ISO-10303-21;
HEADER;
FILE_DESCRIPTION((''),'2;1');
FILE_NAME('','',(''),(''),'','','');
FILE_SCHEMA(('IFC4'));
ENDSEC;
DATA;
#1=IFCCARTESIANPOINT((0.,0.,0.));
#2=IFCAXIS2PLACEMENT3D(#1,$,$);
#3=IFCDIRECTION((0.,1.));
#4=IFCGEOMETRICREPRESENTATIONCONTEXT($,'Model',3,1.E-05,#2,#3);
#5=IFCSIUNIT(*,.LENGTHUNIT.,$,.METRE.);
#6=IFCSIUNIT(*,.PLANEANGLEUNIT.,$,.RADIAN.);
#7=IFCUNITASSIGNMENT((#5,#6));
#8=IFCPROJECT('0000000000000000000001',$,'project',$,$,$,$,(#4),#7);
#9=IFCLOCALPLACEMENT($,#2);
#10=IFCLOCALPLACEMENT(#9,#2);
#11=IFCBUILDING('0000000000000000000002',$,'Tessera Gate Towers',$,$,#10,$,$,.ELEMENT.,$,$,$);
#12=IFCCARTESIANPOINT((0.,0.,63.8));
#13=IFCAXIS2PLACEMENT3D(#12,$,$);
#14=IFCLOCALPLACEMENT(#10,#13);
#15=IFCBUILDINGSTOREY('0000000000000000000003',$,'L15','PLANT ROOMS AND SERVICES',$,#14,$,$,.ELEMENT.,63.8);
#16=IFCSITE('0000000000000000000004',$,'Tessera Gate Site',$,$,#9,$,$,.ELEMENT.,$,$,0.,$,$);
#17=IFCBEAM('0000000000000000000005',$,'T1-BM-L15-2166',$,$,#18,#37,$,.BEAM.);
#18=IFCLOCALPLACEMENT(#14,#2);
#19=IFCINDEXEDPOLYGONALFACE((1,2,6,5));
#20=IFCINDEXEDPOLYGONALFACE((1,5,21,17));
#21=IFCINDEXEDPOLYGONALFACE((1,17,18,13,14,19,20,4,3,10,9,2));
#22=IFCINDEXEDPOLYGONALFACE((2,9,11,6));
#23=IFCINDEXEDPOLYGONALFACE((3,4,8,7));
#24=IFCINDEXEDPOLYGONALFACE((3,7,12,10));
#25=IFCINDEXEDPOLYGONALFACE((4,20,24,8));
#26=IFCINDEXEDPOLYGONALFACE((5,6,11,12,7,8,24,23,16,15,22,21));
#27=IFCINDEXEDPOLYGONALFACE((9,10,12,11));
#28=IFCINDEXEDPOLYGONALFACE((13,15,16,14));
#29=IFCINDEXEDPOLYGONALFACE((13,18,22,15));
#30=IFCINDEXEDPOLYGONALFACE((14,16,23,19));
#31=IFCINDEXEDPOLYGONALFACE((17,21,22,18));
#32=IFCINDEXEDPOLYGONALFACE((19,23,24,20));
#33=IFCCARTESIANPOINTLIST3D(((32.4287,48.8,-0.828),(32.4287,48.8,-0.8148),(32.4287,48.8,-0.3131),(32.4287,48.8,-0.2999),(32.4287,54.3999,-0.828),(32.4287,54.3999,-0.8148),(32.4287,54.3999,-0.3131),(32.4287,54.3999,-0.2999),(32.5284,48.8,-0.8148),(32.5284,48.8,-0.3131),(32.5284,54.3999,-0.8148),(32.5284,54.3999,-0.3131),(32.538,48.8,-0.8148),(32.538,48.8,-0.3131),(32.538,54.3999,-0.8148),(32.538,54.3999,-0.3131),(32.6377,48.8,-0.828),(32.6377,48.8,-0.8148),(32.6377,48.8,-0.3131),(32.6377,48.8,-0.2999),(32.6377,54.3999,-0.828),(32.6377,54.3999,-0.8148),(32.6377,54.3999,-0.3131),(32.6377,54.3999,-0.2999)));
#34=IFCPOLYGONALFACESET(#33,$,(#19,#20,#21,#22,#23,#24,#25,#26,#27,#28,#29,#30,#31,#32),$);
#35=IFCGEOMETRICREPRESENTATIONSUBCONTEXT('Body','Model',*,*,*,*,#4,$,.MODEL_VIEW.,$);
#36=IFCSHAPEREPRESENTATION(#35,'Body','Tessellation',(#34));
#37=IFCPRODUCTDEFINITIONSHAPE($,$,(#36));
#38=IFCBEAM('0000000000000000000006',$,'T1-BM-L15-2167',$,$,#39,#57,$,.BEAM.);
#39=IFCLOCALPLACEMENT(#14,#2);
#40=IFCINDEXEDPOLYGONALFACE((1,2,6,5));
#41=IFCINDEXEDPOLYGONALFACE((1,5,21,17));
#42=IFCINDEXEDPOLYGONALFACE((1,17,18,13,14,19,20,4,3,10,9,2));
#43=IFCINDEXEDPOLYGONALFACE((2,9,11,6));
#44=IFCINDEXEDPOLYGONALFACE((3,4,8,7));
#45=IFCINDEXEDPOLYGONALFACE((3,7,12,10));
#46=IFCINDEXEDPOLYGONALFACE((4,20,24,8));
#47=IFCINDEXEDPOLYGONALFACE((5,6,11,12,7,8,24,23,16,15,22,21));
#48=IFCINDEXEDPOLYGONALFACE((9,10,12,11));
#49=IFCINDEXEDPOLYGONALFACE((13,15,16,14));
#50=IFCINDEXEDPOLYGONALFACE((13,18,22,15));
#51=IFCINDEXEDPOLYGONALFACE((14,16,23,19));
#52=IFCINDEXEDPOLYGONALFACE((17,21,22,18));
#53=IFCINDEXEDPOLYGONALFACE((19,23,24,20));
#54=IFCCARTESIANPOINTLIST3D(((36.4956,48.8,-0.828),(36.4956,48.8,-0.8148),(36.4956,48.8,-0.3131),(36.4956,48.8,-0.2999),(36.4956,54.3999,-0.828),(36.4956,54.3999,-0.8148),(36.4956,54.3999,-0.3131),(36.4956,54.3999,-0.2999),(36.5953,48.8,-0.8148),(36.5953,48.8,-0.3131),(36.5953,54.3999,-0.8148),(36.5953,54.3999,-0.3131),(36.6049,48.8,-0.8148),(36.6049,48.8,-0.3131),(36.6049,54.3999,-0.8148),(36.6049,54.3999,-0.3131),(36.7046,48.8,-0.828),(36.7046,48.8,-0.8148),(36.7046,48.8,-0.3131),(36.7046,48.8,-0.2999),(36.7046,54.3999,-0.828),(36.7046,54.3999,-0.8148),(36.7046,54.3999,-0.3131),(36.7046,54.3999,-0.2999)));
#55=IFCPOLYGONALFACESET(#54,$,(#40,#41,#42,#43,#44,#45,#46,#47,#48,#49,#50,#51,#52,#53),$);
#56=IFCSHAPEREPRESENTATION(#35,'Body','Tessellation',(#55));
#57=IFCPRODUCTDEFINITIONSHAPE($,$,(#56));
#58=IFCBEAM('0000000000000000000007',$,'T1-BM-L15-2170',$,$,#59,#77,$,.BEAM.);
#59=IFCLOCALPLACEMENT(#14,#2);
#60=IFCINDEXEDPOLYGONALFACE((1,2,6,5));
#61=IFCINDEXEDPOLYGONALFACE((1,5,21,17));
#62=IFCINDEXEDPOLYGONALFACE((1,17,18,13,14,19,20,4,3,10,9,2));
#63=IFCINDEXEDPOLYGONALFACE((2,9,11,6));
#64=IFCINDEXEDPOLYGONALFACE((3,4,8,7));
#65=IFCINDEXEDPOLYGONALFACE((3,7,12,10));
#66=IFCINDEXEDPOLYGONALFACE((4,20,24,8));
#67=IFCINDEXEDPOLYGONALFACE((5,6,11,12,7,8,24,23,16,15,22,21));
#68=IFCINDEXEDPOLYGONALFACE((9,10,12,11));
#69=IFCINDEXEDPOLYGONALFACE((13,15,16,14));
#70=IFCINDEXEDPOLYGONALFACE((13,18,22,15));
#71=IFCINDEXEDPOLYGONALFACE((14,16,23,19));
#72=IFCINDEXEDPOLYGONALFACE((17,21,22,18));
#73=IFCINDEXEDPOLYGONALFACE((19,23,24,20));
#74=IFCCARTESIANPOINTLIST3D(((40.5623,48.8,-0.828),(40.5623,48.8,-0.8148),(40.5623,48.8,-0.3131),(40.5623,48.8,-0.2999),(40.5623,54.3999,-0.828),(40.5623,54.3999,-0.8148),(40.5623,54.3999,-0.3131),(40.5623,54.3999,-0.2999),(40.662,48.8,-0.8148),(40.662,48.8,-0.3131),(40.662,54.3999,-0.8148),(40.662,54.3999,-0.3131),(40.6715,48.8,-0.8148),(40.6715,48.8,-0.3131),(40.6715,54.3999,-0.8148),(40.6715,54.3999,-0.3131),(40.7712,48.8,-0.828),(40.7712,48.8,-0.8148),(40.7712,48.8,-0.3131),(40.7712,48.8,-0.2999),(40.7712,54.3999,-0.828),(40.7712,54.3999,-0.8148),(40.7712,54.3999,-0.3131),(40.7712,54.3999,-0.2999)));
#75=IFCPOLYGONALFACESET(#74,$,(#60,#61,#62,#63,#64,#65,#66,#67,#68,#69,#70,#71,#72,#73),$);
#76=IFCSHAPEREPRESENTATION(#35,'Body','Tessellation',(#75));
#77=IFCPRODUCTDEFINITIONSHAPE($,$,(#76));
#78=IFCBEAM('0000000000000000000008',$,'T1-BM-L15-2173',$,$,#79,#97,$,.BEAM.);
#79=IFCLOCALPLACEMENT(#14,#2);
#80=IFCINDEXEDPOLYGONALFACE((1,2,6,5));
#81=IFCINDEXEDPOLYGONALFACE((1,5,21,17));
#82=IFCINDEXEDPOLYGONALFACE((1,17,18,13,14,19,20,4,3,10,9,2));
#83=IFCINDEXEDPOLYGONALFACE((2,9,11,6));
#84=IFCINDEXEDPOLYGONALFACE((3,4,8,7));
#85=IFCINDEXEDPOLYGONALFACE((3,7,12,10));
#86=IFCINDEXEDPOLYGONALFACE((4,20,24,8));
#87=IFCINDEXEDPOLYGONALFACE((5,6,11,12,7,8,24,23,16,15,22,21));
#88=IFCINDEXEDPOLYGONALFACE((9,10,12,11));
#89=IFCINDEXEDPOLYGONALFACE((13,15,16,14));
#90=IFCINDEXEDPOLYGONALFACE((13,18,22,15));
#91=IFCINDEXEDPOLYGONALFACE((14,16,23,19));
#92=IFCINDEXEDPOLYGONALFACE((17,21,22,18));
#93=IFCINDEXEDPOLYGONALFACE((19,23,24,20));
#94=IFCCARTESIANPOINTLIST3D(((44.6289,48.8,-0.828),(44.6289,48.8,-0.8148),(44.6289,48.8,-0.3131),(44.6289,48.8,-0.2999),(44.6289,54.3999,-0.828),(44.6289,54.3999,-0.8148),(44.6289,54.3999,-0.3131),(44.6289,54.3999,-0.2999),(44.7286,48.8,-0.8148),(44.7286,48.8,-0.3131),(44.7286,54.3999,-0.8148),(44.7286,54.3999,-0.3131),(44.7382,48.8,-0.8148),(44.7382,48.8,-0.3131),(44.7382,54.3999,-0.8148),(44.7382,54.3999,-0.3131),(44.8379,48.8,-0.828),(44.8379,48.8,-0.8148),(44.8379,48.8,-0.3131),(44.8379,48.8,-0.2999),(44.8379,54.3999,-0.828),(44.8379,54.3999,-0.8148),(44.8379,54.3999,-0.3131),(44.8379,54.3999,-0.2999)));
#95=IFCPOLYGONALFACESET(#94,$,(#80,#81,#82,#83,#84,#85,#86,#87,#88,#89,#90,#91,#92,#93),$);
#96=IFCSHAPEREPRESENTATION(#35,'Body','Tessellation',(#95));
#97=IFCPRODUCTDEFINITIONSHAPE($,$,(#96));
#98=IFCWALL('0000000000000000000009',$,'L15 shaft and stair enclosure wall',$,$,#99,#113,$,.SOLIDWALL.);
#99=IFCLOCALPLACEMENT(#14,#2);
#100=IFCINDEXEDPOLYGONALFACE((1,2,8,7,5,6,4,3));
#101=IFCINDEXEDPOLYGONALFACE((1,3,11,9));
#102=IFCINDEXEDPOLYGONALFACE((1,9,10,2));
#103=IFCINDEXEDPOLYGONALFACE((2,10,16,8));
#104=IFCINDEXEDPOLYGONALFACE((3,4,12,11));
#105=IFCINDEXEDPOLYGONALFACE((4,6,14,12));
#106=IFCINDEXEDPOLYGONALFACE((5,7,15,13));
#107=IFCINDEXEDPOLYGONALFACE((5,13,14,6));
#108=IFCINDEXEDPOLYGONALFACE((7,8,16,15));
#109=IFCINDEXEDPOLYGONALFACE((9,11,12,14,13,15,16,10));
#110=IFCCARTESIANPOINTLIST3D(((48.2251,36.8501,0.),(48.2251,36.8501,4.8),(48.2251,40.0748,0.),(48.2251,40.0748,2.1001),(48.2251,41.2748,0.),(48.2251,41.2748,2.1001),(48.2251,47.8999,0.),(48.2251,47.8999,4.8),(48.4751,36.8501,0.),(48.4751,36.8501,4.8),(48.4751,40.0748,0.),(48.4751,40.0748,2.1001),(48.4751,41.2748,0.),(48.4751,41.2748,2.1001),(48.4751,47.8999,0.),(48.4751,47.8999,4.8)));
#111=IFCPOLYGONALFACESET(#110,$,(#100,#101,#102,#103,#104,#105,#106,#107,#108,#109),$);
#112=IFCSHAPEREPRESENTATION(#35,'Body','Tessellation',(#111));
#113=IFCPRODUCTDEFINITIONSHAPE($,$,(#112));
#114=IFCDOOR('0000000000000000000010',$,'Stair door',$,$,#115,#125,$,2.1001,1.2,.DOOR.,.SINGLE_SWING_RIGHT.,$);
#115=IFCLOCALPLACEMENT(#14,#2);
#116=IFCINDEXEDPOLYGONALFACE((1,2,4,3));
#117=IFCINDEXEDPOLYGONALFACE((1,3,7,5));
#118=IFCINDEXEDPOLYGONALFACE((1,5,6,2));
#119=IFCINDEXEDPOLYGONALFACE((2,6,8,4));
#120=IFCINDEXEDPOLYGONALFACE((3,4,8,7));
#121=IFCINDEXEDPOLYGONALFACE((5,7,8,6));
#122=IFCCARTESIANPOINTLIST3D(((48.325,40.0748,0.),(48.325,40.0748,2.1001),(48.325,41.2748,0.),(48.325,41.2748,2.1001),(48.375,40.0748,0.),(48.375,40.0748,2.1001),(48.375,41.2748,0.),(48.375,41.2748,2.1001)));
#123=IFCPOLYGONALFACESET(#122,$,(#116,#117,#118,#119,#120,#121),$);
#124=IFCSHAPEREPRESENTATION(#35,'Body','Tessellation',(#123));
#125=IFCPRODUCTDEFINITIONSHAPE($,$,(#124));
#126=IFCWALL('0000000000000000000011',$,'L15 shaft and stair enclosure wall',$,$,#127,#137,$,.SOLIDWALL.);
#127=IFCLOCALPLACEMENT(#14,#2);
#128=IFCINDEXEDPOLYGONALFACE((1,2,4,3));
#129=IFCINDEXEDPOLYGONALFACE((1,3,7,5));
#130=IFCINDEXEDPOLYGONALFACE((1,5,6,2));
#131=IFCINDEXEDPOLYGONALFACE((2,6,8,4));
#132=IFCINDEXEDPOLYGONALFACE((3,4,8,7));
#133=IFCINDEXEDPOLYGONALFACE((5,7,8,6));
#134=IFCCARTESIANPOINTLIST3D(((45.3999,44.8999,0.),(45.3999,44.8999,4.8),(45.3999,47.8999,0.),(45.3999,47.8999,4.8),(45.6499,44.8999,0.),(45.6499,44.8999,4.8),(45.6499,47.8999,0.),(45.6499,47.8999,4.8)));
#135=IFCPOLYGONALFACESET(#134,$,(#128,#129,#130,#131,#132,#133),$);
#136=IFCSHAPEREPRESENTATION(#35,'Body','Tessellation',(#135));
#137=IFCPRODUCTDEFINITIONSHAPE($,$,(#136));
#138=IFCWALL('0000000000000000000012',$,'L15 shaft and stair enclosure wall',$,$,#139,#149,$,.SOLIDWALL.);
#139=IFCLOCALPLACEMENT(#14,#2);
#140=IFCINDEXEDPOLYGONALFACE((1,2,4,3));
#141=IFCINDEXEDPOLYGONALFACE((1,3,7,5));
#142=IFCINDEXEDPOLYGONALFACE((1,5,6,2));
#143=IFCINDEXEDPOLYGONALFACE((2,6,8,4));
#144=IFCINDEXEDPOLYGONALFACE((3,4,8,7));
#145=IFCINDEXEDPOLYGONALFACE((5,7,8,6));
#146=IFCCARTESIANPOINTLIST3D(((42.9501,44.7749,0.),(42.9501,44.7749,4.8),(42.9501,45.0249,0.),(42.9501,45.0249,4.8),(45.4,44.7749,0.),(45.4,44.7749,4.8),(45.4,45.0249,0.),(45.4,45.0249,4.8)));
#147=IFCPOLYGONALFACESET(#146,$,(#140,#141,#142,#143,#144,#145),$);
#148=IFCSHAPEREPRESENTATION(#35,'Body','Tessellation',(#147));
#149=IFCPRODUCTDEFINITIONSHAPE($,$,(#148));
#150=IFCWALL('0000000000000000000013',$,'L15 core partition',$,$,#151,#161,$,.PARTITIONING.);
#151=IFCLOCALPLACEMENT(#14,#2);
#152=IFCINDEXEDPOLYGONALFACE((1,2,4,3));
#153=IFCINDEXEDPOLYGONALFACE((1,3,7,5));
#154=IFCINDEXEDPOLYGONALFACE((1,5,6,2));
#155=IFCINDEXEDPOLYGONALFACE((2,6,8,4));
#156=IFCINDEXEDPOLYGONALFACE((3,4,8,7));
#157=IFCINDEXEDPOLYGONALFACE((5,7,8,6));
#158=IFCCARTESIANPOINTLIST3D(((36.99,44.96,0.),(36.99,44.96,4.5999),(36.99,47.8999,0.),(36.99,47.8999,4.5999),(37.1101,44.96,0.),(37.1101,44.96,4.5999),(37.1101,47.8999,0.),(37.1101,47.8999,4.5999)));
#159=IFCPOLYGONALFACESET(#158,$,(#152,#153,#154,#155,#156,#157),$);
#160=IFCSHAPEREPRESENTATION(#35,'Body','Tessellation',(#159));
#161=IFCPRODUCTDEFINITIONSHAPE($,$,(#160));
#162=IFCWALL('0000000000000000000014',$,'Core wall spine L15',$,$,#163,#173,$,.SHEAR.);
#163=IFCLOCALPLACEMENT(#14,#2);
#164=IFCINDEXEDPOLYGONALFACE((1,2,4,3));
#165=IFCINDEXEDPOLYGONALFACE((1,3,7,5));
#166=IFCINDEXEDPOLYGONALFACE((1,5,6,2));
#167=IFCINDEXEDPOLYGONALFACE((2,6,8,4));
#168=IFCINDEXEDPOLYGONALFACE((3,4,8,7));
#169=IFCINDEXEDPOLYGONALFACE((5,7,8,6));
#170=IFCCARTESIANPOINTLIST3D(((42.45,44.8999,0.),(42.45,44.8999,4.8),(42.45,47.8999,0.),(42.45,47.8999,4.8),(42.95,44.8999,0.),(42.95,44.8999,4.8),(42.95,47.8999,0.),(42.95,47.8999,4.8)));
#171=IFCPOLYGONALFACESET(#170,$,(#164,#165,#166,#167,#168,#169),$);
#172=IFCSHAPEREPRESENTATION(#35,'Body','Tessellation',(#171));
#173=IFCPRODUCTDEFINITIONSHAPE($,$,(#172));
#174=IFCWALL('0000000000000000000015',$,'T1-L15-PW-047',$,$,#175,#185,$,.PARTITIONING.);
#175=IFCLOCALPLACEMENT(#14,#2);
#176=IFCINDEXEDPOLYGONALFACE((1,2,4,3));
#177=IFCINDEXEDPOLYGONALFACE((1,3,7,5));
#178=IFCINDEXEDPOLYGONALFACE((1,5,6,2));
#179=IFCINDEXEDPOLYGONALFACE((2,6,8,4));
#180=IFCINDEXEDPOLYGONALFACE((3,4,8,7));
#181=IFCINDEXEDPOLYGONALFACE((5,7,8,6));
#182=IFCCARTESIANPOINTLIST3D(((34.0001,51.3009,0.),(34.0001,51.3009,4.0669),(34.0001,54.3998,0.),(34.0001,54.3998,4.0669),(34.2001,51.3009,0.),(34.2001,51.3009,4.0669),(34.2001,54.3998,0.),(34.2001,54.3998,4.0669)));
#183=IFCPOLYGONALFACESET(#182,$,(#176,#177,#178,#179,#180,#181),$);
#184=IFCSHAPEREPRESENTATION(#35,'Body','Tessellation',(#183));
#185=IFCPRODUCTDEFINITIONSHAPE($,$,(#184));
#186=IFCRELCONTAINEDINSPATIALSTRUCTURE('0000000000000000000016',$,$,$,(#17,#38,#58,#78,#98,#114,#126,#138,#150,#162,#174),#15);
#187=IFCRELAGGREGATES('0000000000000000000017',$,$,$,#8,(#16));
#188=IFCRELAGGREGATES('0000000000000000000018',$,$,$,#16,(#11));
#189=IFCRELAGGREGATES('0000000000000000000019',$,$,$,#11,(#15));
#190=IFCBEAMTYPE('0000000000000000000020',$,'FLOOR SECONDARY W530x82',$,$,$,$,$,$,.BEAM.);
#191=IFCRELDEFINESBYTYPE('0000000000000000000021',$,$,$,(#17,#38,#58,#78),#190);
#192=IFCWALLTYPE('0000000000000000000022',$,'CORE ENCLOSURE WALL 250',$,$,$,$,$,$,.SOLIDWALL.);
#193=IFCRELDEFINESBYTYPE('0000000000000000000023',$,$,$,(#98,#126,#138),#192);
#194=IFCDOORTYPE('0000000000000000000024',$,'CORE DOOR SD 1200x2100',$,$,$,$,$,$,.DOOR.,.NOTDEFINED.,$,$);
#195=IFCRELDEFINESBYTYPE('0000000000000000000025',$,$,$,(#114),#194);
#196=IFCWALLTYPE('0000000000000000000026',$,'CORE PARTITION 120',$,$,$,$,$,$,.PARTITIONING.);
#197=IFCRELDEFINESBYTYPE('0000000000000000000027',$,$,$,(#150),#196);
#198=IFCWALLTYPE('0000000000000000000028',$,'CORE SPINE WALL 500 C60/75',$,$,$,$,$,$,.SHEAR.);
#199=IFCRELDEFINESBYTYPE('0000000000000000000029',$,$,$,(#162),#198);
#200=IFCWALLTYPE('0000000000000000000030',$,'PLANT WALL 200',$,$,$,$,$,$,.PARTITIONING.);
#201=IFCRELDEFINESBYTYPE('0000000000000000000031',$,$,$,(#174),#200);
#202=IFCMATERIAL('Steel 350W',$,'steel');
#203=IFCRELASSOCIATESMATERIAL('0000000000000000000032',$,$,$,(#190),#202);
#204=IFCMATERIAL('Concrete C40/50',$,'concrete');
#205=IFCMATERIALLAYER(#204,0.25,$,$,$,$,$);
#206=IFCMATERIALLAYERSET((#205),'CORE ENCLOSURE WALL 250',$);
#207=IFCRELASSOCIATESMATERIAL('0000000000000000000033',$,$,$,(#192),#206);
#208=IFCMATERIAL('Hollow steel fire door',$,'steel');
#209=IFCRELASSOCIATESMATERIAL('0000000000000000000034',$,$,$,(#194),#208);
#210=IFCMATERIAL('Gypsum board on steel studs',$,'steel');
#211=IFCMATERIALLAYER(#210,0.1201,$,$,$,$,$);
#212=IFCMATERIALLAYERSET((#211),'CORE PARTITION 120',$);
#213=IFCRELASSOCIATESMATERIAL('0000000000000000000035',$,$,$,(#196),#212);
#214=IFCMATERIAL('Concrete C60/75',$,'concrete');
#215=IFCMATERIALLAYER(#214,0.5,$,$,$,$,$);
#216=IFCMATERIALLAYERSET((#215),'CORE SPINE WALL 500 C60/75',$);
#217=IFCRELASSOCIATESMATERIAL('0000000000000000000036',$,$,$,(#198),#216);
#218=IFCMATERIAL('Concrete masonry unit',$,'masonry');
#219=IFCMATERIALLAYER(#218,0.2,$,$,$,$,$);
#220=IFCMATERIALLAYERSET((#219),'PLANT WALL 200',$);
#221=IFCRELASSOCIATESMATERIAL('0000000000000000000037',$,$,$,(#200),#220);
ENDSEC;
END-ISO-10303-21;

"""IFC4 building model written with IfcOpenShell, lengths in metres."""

from ifc_helpers import new_model, si_unit, direction, frame, frame_2d, origin, origin_2d, place, context, subcontext, project, spatial, rectangle, i_section, extrude, source, transform, mapped, material, layer, layer_set, material_profile, profile_set, type_object, element, fill, save


model = new_model("IFC4")

# Units and contexts
model_context = context("Model", 3, precision=1e-05, world=origin(), true_north=direction((0.0, 1.0)))
body_context = subcontext(model_context, "Body", "Model", "MODEL_VIEW")
ifc_project = project(units=[si_unit("LENGTHUNIT", "METRE"), si_unit("PLANEANGLEUNIT", "RADIAN")], contexts=[model_context])

# Site, building, storey
site_placement = place(None, origin())
site = spatial("IfcSite", under=ifc_project, at=site_placement, Name="Tessera Gate Site", CompositionType="ELEMENT", RefElevation=0.0)
building_placement = place(site_placement, origin())
building = spatial("IfcBuilding", under=site, at=building_placement, Name="Tessera Gate Towers", CompositionType="ELEMENT")
storey_placement = place(building_placement, frame((0.0, 0.0, 63.8)))
storey = spatial("IfcBuildingStorey", under=building, at=storey_placement, Name="L15", Description="PLANT ROOMS AND SERVICES", CompositionType="ELEMENT", Elevation=63.8)

# Beams
ifc_material_1 = material(Name="Steel 350W", Category="steel")
ifc_material_profile = material_profile(ifc_material_1, i_section(OverallWidth=0.209, OverallDepth=0.5281, WebThickness=0.0095, FlangeThickness=0.0132, at=origin_2d()), Name="W530x82")
ifc_profile_set = profile_set([ifc_material_profile], Name="Steel 350W")
beam_type = type_object("IfcBeamType", Name="FLOOR SECONDARY W530x82", PredefinedType="BEAM", material=ifc_profile_set)
for number, where, z_axis, x_axis, name in (
    (1, (32.5332, 48.8, -0.564), (0.0, 1.0, 0.0), (-1.0, 0.0, 0.0), "T1-BM-L15-2166"),
    (2, (36.6001, 48.8, -0.564), (0.0, 1.0, 0.0), (-1.0, 0.0, 0.0), "T1-BM-L15-2167"),
    (3, (40.6667, 48.8, -0.564), (0.0, 1.0, 0.0), (-1.0, 0.0, 0.0), "T1-BM-L15-2170"),
    (4, (44.7334, 48.8, -0.564), (0.0, 1.0, 0.0), (-1.0, 0.0, 0.0), "T1-BM-L15-2173"),
):
    element("IfcBeam", number, at=place(storey_placement, frame(where, z_axis=z_axis, x_axis=x_axis)), inside=storey, type_object=beam_type, Name=name, PredefinedType="BEAM", context=body_context, shape_type="SweptSolid", body=[
        extrude(i_section(OverallWidth=0.209, OverallDepth=0.5281, WebThickness=0.0095, FlangeThickness=0.0132, at=origin_2d()), origin(), (0.0, 0.0, 1.0), 5.5999),
    ])

# Wall, opening, door
ifc_material_2 = material(Name="Concrete C40/50", Category="concrete")
ifc_layer_1 = layer(ifc_material_2, 0.25)
ifc_layer_set_1 = layer_set([ifc_layer_1], Name="CORE ENCLOSURE WALL 250")
wall_type_1 = type_object("IfcWallType", Name="CORE ENCLOSURE WALL 250", PredefinedType="SOLIDWALL", material=ifc_layer_set_1)
wall_1_placement = place(storey_placement, frame((48.3501, 47.8999, 0.0), z_axis=(0.0, 0.0, 1.0), x_axis=(0.0, -1.0, 0.0)))
wall_1 = element("IfcWall", 5, at=wall_1_placement, inside=storey, type_object=wall_type_1, Name="L15 shaft and stair enclosure wall", PredefinedType="SOLIDWALL", context=body_context, shape_type="SweptSolid", body=[
    extrude(rectangle(XDim=11.0498, YDim=0.25, at=frame_2d((5.5249, 0.0))), origin(), (0.0, 0.0, 1.0), 4.8),
])
shared_shape_1 = source(origin(), body_context, "Body", "SweptSolid", [
    extrude(rectangle(XDim=1.2, YDim=2.1001, at=frame_2d((0.6001, 1.05))), frame((0.0, 0.135, 0.0), z_axis=(0.0, -1.0, 0.0), x_axis=(1.0, 0.0, 0.0)), (0.0, 0.0, 1.0), 0.27),
])
opening_1_placement = place(wall_1_placement, frame((6.625, 0.0, 0.0)))
opening_1 = element("IfcOpeningElement", 6, at=opening_1_placement, cuts=wall_1, PredefinedType="OPENING", context=body_context, shape_type="MappedRepresentation", body=[
    mapped(shared_shape_1, transform((0.0, 0.0, 0.0), scale=1.0)),
])
ifc_material_3 = material(Name="Hollow steel fire door", Category="steel")
door_type_1 = type_object("IfcDoorType", Name="CORE DOOR SD 1200x2100", OperationType="NOTDEFINED", PredefinedType="DOOR", material=ifc_material_3)
shared_shape_2 = source(origin(), body_context, "Body", "SweptSolid", [
    extrude(rectangle(XDim=1.2, YDim=2.1001, at=frame_2d((0.6001, 1.05))), frame((0.0, 0.0249, 0.0), z_axis=(0.0, -1.0, 0.0), x_axis=(1.0, 0.0, 0.0)), (0.0, 0.0, 1.0), 0.05),
])
door_1_placement = place(opening_1_placement, origin())
door_1 = element("IfcDoor", 7, at=door_1_placement, inside=storey, type_object=door_type_1, Name="Stair door", OperationType="SINGLE_SWING_RIGHT", OverallHeight=2.1001, OverallWidth=1.2, PredefinedType="DOOR", context=body_context, shape_type="MappedRepresentation", body=[
    mapped(shared_shape_2, transform((0.0, 0.0, 0.0), scale=1.0)),
])
fill(opening_1, door_1)

# Walls
wall_2_placement = place(storey_placement, frame((45.5249, 44.8999, 0.0), z_axis=(0.0, 0.0, 1.0), x_axis=(0.0, 1.0, 0.0)))
element("IfcWall", 8, at=wall_2_placement, inside=storey, type_object=wall_type_1, Name="L15 shaft and stair enclosure wall", PredefinedType="SOLIDWALL", context=body_context, shape_type="SweptSolid", body=[
    extrude(rectangle(XDim=3.0, YDim=0.25, at=frame_2d((1.5, 0.0))), origin(), (0.0, 0.0, 1.0), 4.8),
])
wall_3_placement = place(storey_placement, frame((42.95, 44.8999, 0.0), z_axis=(0.0, 0.0, 1.0), x_axis=(1.0, 0.0, 0.0)))
element("IfcWall", 9, at=wall_3_placement, inside=storey, type_object=wall_type_1, Name="L15 shaft and stair enclosure wall", PredefinedType="SOLIDWALL", context=body_context, shape_type="SweptSolid", body=[
    extrude(rectangle(XDim=2.45, YDim=0.25, at=frame_2d((1.2251, 0.0))), origin(), (0.0, 0.0, 1.0), 4.8),
])
ifc_material_4 = material(Name="Gypsum board on steel studs", Category="steel")
ifc_layer_2 = layer(ifc_material_4, 0.1201)
ifc_layer_set_2 = layer_set([ifc_layer_2], Name="CORE PARTITION 120")
wall_type_2 = type_object("IfcWallType", Name="CORE PARTITION 120", PredefinedType="PARTITIONING", material=ifc_layer_set_2)
wall_4_placement = place(storey_placement, frame((37.05, 44.96, 0.0), z_axis=(0.0, 0.0, 1.0), x_axis=(0.0, 1.0, 0.0)))
element("IfcWall", 10, at=wall_4_placement, inside=storey, type_object=wall_type_2, Name="L15 core partition", PredefinedType="PARTITIONING", context=body_context, shape_type="SweptSolid", body=[
    extrude(rectangle(XDim=2.9399, YDim=0.1201, at=frame_2d((1.47, 0.0))), origin(), (0.0, 0.0, 1.0), 4.5999),
])
ifc_material_5 = material(Name="Concrete C60/75", Category="concrete")
ifc_layer_3 = layer(ifc_material_5, 0.5)
ifc_layer_set_3 = layer_set([ifc_layer_3], Name="CORE SPINE WALL 500 C60/75")
wall_type_3 = type_object("IfcWallType", Name="CORE SPINE WALL 500 C60/75", PredefinedType="SHEAR", material=ifc_layer_set_3)
wall_5_placement = place(storey_placement, frame((42.7, 44.8999, 0.0), z_axis=(0.0, 0.0, 1.0), x_axis=(0.0, 1.0, 0.0)))
element("IfcWall", 11, at=wall_5_placement, inside=storey, type_object=wall_type_3, Name="Core wall spine L15", PredefinedType="SHEAR", context=body_context, shape_type="SweptSolid", body=[
    extrude(rectangle(XDim=3.0, YDim=0.5, at=frame_2d((1.5, 0.0))), origin(), (0.0, 0.0, 1.0), 4.8),
])
ifc_material_6 = material(Name="Concrete masonry unit", Category="masonry")
ifc_layer_4 = layer(ifc_material_6, 0.2)
ifc_layer_set_4 = layer_set([ifc_layer_4], Name="PLANT WALL 200")
wall_type_4 = type_object("IfcWallType", Name="PLANT WALL 200", PredefinedType="PARTITIONING", material=ifc_layer_set_4)
for number, where, z_axis, x_axis, name in (
    (12, (34.1001, 51.301, 0.0), (0.0, 0.0, 1.0), (0.0, 1.0, 0.0), "T1-L15-PW-047"),
):
    element("IfcWall", number, at=place(storey_placement, frame(where, z_axis=z_axis, x_axis=x_axis)), inside=storey, type_object=wall_type_4, Name=name, PredefinedType="PARTITIONING", context=body_context, shape_type="SweptSolid", body=[
        extrude(rectangle(XDim=3.0989, YDim=0.2, at=frame_2d((1.5493, 0.0))), origin(), (0.0, 0.0, 1.0), 4.0669),
    ])

save(model, "model.ifc")
